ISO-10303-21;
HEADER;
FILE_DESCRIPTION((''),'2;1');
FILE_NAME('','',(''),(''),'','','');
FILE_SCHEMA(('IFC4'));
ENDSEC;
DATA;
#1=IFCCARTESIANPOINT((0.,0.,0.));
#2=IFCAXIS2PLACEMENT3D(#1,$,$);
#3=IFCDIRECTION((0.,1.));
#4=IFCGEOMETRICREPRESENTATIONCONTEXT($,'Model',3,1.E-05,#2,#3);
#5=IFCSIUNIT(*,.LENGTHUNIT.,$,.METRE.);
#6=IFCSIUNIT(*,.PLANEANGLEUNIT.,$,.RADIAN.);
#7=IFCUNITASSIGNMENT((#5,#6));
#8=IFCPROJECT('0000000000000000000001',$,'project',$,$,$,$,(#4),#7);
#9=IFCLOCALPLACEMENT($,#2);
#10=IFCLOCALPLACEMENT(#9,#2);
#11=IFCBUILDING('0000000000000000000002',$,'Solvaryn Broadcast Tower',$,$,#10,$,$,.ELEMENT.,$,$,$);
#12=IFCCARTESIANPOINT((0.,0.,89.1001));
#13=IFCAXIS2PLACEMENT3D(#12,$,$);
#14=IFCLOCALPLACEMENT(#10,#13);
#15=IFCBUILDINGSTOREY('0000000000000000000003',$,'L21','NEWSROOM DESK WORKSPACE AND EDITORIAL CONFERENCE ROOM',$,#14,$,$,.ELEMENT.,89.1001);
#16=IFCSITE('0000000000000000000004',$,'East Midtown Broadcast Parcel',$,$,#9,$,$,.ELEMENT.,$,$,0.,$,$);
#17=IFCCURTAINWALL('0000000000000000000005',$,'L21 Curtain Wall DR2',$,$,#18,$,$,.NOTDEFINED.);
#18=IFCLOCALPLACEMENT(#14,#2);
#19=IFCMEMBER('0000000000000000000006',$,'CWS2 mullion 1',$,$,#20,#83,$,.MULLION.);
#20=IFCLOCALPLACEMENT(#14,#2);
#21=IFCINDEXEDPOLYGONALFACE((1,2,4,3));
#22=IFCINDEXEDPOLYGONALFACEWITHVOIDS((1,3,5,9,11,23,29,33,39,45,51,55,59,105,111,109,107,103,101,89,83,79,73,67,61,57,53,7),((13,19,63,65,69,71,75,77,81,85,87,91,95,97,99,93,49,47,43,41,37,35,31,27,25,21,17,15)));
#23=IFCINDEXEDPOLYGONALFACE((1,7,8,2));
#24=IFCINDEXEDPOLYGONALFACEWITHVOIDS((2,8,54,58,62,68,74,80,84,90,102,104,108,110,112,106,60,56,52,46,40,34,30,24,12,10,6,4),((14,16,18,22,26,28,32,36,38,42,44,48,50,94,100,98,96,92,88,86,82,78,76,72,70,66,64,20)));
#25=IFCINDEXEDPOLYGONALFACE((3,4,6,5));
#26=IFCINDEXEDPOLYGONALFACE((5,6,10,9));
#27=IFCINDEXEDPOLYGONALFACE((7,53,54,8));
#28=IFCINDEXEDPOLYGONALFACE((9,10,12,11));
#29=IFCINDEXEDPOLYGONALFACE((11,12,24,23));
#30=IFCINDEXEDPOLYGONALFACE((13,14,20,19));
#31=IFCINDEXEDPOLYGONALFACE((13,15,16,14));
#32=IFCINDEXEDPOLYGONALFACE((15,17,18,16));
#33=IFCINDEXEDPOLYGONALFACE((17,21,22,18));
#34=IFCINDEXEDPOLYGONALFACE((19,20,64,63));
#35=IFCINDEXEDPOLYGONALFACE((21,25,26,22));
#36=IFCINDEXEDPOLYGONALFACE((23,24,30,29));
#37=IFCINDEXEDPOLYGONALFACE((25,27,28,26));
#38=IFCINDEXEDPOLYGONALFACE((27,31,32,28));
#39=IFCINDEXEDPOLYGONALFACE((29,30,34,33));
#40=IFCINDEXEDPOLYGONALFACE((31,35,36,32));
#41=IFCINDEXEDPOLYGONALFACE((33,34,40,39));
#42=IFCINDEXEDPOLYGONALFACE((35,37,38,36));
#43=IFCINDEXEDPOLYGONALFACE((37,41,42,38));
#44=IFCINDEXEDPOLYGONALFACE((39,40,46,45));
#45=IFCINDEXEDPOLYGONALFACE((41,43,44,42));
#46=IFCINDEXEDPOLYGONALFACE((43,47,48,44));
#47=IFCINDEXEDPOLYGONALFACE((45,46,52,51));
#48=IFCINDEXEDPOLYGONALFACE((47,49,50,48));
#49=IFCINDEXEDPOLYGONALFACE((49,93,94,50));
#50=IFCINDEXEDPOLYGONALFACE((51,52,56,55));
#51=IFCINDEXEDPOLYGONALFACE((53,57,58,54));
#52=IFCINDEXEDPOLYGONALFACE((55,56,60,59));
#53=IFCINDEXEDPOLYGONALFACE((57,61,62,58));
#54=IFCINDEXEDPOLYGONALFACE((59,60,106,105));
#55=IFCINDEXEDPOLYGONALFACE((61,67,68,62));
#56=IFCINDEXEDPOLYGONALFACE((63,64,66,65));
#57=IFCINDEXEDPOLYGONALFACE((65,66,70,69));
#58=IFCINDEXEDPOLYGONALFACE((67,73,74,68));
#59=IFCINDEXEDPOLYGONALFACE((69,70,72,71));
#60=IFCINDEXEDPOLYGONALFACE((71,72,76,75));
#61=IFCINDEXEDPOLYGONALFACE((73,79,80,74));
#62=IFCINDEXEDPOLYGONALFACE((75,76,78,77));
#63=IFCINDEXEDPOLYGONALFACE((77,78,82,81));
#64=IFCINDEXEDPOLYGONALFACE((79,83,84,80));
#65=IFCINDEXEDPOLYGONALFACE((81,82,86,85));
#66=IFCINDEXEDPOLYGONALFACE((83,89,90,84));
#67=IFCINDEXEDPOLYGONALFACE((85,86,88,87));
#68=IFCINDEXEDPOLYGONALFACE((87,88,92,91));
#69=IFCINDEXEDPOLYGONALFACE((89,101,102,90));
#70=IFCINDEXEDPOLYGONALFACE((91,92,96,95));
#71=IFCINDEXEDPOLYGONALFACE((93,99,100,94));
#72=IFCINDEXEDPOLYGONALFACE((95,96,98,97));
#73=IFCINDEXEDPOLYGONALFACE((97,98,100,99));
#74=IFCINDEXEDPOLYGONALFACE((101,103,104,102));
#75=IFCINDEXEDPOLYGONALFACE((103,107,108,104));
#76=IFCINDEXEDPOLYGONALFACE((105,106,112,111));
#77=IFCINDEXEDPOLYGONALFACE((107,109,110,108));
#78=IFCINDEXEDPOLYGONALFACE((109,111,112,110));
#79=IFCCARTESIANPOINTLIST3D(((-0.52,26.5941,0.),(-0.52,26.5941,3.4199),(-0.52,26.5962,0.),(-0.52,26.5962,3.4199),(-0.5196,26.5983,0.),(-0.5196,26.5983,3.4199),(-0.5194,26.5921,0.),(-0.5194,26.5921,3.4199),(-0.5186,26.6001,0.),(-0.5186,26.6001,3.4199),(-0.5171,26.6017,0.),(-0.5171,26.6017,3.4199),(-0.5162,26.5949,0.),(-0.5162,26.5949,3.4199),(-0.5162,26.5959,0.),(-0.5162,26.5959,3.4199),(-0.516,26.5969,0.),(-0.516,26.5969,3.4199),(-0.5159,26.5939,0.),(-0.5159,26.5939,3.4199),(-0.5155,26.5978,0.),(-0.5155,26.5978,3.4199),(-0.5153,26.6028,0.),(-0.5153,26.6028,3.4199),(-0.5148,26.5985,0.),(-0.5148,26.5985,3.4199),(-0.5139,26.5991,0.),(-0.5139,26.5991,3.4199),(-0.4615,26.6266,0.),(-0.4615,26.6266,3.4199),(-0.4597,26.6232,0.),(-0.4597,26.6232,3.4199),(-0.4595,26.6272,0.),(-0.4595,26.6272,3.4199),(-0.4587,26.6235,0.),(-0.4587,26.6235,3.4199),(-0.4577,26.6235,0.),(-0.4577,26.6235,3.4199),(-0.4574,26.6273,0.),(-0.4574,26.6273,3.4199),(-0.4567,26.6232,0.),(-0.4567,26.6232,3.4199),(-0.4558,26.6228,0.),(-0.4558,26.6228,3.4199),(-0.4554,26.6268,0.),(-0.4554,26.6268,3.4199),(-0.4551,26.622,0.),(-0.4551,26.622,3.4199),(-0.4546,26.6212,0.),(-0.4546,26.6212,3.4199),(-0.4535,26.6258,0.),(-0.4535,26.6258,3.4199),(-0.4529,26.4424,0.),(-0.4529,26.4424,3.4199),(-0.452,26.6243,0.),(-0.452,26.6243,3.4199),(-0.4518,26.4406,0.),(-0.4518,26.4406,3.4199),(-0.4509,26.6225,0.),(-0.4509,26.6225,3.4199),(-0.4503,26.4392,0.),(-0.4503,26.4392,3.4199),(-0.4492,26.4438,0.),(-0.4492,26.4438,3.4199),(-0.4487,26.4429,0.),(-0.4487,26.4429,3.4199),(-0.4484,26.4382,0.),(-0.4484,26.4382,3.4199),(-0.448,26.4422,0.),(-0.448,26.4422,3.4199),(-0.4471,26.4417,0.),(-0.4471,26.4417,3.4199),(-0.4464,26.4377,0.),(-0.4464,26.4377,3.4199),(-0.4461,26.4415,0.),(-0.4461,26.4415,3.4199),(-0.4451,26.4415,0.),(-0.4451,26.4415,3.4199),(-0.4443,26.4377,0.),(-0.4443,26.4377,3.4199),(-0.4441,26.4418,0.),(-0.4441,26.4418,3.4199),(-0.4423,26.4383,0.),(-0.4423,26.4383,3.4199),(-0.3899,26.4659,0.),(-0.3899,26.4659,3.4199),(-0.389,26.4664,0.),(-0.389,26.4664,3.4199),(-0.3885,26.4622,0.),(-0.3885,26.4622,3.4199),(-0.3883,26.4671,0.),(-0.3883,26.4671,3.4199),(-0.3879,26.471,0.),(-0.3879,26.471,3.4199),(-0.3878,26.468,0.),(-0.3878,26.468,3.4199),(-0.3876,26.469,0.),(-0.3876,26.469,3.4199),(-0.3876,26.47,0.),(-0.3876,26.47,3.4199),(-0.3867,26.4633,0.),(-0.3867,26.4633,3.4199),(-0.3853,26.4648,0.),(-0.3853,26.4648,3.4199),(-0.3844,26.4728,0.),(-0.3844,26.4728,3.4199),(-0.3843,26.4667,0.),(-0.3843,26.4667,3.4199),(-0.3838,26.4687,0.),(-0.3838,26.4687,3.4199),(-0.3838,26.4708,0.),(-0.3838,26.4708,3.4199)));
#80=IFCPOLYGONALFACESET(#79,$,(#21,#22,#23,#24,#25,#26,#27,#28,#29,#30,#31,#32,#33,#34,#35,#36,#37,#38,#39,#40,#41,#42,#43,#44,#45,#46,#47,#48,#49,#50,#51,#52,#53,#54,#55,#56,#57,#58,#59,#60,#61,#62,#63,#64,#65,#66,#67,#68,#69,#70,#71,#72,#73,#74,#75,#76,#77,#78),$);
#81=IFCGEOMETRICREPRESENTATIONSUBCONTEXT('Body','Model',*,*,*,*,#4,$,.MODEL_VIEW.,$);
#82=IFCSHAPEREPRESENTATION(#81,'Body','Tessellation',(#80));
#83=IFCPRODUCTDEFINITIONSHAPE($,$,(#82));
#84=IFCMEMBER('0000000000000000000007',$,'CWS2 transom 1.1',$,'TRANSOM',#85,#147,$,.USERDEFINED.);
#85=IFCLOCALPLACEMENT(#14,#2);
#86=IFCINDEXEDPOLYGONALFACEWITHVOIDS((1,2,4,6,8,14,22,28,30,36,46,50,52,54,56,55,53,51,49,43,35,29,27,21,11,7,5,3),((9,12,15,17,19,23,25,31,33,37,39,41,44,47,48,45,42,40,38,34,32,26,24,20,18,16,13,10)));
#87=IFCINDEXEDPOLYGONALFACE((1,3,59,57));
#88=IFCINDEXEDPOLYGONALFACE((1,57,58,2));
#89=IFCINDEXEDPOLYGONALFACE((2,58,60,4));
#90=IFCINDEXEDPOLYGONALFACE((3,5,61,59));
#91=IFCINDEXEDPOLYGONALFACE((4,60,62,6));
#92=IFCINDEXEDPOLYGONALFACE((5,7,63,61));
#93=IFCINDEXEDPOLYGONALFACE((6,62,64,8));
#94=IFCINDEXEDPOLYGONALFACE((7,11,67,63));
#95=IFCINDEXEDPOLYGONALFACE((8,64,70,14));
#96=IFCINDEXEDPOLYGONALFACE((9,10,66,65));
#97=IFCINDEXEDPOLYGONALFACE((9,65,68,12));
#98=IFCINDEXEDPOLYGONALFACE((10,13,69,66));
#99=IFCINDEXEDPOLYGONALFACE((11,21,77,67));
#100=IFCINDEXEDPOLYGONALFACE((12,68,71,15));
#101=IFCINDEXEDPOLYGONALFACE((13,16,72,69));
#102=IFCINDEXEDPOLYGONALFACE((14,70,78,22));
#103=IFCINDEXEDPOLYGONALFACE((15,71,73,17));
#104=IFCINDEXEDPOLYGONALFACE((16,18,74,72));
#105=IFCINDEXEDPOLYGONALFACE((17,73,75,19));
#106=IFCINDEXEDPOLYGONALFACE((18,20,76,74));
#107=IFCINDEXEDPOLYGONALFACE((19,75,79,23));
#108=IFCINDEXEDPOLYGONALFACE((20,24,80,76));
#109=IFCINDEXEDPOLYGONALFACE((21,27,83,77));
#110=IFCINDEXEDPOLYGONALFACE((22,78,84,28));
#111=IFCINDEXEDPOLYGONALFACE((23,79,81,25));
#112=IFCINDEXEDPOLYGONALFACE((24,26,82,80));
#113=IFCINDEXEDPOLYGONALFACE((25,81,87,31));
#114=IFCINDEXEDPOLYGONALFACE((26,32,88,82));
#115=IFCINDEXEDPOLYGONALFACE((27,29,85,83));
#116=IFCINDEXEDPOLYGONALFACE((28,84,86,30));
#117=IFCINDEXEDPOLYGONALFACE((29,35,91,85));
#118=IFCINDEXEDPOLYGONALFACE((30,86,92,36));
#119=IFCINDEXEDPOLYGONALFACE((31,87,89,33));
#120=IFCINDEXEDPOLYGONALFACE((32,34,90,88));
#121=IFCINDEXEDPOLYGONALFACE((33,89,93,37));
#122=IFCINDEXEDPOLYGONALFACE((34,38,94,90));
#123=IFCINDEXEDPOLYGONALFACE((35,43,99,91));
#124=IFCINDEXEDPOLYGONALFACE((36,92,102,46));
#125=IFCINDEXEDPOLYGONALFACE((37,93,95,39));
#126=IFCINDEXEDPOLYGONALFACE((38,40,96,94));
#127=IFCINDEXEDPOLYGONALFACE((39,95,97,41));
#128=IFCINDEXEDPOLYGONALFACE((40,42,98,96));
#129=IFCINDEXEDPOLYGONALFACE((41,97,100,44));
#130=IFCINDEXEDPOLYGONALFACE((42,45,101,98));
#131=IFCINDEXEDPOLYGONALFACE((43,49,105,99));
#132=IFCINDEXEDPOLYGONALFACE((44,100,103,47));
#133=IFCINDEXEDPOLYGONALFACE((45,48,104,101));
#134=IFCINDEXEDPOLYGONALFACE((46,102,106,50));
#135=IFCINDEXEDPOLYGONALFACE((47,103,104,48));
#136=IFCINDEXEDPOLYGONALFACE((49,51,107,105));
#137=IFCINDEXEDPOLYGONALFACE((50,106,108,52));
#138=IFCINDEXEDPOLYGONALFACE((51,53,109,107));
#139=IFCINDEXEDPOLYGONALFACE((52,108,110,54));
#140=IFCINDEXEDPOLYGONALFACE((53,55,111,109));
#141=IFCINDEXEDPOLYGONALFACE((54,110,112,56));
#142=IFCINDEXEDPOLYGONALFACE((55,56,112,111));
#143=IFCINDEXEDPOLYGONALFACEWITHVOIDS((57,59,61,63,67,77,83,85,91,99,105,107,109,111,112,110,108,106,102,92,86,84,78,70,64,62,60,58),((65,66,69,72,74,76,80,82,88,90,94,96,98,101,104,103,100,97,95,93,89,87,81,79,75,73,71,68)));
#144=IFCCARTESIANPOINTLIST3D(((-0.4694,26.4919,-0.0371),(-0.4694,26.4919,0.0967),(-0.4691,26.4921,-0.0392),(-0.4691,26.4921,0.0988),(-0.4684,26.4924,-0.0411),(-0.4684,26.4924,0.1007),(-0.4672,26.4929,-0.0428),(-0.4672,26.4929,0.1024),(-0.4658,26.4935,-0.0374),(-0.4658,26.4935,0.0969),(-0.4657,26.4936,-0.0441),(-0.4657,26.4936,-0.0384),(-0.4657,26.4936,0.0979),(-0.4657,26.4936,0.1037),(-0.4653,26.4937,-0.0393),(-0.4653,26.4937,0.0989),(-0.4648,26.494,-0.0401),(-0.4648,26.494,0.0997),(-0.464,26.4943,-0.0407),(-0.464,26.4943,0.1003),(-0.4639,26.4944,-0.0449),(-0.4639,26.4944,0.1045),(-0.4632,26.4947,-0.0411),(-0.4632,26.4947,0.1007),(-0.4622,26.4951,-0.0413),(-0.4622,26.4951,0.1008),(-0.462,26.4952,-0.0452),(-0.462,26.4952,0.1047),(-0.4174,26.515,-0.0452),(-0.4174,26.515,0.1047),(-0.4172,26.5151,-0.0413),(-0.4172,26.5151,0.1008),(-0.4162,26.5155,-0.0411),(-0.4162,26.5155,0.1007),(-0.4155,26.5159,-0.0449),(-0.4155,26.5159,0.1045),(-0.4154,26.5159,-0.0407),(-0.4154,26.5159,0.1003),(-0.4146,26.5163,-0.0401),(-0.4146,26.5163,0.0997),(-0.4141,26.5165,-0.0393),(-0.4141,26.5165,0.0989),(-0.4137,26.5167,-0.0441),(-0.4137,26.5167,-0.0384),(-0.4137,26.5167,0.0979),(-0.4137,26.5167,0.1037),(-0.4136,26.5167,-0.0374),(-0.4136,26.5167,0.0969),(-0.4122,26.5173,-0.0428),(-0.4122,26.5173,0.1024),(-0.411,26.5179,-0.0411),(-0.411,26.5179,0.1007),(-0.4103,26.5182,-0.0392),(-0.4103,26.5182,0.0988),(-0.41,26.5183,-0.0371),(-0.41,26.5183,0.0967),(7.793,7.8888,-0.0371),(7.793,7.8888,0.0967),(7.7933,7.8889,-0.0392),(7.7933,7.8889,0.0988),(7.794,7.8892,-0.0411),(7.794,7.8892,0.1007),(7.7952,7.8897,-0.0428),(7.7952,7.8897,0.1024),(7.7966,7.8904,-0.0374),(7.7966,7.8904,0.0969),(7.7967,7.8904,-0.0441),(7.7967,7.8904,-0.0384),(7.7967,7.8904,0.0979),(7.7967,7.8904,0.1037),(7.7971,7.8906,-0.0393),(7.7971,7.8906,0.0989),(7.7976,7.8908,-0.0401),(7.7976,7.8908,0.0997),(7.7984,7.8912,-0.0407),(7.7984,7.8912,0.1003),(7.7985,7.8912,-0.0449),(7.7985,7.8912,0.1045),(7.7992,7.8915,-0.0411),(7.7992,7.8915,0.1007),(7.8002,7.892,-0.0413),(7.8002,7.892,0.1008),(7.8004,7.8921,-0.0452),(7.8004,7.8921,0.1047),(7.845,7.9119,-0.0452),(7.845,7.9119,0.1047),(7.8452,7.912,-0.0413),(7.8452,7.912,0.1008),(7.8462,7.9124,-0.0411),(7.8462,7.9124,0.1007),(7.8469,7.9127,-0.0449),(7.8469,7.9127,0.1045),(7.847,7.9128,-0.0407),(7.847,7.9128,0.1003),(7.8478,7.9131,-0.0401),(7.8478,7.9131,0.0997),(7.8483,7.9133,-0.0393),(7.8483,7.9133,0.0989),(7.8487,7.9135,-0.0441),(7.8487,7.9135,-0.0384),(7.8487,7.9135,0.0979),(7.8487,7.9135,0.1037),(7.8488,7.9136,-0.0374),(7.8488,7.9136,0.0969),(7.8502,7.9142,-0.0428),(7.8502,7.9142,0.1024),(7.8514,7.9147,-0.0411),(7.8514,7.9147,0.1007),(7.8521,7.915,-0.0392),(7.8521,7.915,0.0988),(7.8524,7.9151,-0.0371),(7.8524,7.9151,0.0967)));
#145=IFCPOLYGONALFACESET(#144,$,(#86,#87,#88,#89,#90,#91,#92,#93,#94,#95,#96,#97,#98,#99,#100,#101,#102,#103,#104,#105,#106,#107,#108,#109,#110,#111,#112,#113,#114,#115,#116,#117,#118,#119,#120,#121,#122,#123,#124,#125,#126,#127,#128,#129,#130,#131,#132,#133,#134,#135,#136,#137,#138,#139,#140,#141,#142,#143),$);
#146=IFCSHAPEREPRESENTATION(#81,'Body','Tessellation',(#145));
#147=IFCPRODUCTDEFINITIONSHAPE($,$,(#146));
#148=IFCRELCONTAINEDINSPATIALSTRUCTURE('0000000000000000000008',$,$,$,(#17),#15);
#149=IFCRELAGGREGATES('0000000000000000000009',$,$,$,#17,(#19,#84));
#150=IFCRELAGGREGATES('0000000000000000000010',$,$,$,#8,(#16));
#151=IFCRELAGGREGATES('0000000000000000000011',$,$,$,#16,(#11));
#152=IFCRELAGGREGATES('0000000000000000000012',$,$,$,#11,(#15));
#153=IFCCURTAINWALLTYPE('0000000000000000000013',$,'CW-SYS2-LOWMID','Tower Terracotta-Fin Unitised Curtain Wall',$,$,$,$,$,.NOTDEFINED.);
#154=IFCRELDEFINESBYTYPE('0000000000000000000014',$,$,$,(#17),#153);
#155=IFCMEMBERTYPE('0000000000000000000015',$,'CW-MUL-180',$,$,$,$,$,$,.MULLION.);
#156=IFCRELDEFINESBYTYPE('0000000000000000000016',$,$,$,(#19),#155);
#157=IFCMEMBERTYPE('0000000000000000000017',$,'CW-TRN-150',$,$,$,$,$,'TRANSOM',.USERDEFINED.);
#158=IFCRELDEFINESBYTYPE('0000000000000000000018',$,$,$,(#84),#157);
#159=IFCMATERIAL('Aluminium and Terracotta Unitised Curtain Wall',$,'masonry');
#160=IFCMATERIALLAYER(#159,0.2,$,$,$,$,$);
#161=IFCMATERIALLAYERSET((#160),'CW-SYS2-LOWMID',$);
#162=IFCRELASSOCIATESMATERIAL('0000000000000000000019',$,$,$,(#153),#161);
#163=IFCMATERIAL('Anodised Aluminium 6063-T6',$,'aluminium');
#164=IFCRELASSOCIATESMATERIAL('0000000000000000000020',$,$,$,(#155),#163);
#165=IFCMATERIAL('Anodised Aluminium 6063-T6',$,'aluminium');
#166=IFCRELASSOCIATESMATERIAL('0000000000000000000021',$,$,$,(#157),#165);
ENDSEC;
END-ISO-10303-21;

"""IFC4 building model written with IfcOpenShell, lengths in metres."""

from ifc_helpers import new_model, si_unit, direction, frame, origin, origin_2d, place, context, subcontext, project, spatial, hollow_rectangle, extrude, material, layer, layer_set, material_profile, profile_set, type_object, element, aggregate, save


model = new_model("IFC4")

# Units and contexts
model_context = context("Model", 3, precision=1e-05, world=origin(), true_north=direction((0.0, 1.0)))
body_context = subcontext(model_context, "Body", "Model", "MODEL_VIEW")
ifc_project = project(units=[si_unit("LENGTHUNIT", "METRE"), si_unit("PLANEANGLEUNIT", "RADIAN")], contexts=[model_context])

# Site, building, storey
site_placement = place(None, origin())
site = spatial("IfcSite", under=ifc_project, at=site_placement, Name="East Midtown Broadcast Parcel", CompositionType="ELEMENT", RefElevation=0.0)
building_placement = place(site_placement, origin())
building = spatial("IfcBuilding", under=site, at=building_placement, Name="Solvaryn Broadcast Tower", CompositionType="ELEMENT")
storey_placement = place(building_placement, frame((0.0, 0.0, 89.1001)))
storey = spatial("IfcBuildingStorey", under=building, at=storey_placement, Name="L21", Description="NEWSROOM DESK WORKSPACE AND EDITORIAL CONFERENCE ROOM", CompositionType="ELEMENT", Elevation=89.1001)

# Shared definitions
ifc_material_1 = material(Name="Aluminium and Terracotta Unitised Curtain Wall", Category="masonry")
ifc_layer_1 = layer(ifc_material_1, 0.2)
ifc_layer_set_1 = layer_set([ifc_layer_1], Name="CW-SYS2-LOWMID")
curtain_wall_type = type_object("IfcCurtainWallType", Name="CW-SYS2-LOWMID", Description="Tower Terracotta-Fin Unitised Curtain Wall", PredefinedType="NOTDEFINED", material=ifc_layer_set_1)
ifc_material_2 = material(Name="Anodised Aluminium 6063-T6", Category="aluminium")
ifc_material_profile_1 = material_profile(ifc_material_2, hollow_rectangle(XDim=0.075, YDim=0.1799, WallThickness=0.0039, InnerFilletRadius=0.0039, OuterFilletRadius=0.0081, at=origin_2d()))
ifc_profile_set_1 = profile_set([ifc_material_profile_1], Name="Anodised Aluminium 6063-T6")
member_type_1 = type_object("IfcMemberType", Name="CW-MUL-180", PredefinedType="MULLION", material=ifc_profile_set_1)

# Curtain wall, members
curtain_wall_1_placement = place(storey_placement, origin())
curtain_wall_1 = element("IfcCurtainWall", 1, at=curtain_wall_1_placement, inside=storey, type_object=curtain_wall_type, Name="L21 Curtain Wall DR2", PredefinedType="NOTDEFINED")
member_1_placement = place(storey_placement, frame((-0.4519, 26.5325, 0.0), z_axis=(0.0, 0.0, 1.0), x_axis=(0.913918, 0.405898, 0.0)))
member_1 = element("IfcMember", 2, at=member_1_placement, type_object=member_type_1, Name="CWS2 mullion 1", PredefinedType="MULLION", context=body_context, shape_type="SweptSolid", body=[
    extrude(hollow_rectangle(XDim=0.075, YDim=0.1799, WallThickness=0.0039, InnerFilletRadius=0.0039, OuterFilletRadius=0.0081, at=origin_2d()), origin(), (0.0, 0.0, 1.0), 3.4199),
])
ifc_material_3 = material(Name="Anodised Aluminium 6063-T6", Category="aluminium")
ifc_material_profile_2 = material_profile(ifc_material_3, hollow_rectangle(XDim=0.0649, YDim=0.1499, WallThickness=0.0039, InnerFilletRadius=0.0039, OuterFilletRadius=0.0081, at=origin_2d()))
ifc_profile_set_2 = profile_set([ifc_material_profile_2], Name="Anodised Aluminium 6063-T6")
member_type_2 = type_object("IfcMemberType", Name="CW-TRN-150", ElementType="TRANSOM", PredefinedType="USERDEFINED", material=ifc_profile_set_2)
member_2_placement = place(storey_placement, frame((-0.4397, 26.5051, 0.0298), z_axis=(0.405906, -0.913915, 0.0), x_axis=(0.913915, 0.405906, 0.0)))
member_2 = element("IfcMember", 3, at=member_2_placement, type_object=member_type_2, Name="CWS2 transom 1.1", ObjectType="TRANSOM", PredefinedType="USERDEFINED", context=body_context, shape_type="SweptSolid", body=[
    extrude(hollow_rectangle(XDim=0.0649, YDim=0.1499, WallThickness=0.0039, InnerFilletRadius=0.0039, OuterFilletRadius=0.0081, at=origin_2d()), origin(), (0.0, 0.0, 1.0), 20.3555),
])
aggregate(curtain_wall_1, [member_1, member_2])

save(model, "model.ifc")
